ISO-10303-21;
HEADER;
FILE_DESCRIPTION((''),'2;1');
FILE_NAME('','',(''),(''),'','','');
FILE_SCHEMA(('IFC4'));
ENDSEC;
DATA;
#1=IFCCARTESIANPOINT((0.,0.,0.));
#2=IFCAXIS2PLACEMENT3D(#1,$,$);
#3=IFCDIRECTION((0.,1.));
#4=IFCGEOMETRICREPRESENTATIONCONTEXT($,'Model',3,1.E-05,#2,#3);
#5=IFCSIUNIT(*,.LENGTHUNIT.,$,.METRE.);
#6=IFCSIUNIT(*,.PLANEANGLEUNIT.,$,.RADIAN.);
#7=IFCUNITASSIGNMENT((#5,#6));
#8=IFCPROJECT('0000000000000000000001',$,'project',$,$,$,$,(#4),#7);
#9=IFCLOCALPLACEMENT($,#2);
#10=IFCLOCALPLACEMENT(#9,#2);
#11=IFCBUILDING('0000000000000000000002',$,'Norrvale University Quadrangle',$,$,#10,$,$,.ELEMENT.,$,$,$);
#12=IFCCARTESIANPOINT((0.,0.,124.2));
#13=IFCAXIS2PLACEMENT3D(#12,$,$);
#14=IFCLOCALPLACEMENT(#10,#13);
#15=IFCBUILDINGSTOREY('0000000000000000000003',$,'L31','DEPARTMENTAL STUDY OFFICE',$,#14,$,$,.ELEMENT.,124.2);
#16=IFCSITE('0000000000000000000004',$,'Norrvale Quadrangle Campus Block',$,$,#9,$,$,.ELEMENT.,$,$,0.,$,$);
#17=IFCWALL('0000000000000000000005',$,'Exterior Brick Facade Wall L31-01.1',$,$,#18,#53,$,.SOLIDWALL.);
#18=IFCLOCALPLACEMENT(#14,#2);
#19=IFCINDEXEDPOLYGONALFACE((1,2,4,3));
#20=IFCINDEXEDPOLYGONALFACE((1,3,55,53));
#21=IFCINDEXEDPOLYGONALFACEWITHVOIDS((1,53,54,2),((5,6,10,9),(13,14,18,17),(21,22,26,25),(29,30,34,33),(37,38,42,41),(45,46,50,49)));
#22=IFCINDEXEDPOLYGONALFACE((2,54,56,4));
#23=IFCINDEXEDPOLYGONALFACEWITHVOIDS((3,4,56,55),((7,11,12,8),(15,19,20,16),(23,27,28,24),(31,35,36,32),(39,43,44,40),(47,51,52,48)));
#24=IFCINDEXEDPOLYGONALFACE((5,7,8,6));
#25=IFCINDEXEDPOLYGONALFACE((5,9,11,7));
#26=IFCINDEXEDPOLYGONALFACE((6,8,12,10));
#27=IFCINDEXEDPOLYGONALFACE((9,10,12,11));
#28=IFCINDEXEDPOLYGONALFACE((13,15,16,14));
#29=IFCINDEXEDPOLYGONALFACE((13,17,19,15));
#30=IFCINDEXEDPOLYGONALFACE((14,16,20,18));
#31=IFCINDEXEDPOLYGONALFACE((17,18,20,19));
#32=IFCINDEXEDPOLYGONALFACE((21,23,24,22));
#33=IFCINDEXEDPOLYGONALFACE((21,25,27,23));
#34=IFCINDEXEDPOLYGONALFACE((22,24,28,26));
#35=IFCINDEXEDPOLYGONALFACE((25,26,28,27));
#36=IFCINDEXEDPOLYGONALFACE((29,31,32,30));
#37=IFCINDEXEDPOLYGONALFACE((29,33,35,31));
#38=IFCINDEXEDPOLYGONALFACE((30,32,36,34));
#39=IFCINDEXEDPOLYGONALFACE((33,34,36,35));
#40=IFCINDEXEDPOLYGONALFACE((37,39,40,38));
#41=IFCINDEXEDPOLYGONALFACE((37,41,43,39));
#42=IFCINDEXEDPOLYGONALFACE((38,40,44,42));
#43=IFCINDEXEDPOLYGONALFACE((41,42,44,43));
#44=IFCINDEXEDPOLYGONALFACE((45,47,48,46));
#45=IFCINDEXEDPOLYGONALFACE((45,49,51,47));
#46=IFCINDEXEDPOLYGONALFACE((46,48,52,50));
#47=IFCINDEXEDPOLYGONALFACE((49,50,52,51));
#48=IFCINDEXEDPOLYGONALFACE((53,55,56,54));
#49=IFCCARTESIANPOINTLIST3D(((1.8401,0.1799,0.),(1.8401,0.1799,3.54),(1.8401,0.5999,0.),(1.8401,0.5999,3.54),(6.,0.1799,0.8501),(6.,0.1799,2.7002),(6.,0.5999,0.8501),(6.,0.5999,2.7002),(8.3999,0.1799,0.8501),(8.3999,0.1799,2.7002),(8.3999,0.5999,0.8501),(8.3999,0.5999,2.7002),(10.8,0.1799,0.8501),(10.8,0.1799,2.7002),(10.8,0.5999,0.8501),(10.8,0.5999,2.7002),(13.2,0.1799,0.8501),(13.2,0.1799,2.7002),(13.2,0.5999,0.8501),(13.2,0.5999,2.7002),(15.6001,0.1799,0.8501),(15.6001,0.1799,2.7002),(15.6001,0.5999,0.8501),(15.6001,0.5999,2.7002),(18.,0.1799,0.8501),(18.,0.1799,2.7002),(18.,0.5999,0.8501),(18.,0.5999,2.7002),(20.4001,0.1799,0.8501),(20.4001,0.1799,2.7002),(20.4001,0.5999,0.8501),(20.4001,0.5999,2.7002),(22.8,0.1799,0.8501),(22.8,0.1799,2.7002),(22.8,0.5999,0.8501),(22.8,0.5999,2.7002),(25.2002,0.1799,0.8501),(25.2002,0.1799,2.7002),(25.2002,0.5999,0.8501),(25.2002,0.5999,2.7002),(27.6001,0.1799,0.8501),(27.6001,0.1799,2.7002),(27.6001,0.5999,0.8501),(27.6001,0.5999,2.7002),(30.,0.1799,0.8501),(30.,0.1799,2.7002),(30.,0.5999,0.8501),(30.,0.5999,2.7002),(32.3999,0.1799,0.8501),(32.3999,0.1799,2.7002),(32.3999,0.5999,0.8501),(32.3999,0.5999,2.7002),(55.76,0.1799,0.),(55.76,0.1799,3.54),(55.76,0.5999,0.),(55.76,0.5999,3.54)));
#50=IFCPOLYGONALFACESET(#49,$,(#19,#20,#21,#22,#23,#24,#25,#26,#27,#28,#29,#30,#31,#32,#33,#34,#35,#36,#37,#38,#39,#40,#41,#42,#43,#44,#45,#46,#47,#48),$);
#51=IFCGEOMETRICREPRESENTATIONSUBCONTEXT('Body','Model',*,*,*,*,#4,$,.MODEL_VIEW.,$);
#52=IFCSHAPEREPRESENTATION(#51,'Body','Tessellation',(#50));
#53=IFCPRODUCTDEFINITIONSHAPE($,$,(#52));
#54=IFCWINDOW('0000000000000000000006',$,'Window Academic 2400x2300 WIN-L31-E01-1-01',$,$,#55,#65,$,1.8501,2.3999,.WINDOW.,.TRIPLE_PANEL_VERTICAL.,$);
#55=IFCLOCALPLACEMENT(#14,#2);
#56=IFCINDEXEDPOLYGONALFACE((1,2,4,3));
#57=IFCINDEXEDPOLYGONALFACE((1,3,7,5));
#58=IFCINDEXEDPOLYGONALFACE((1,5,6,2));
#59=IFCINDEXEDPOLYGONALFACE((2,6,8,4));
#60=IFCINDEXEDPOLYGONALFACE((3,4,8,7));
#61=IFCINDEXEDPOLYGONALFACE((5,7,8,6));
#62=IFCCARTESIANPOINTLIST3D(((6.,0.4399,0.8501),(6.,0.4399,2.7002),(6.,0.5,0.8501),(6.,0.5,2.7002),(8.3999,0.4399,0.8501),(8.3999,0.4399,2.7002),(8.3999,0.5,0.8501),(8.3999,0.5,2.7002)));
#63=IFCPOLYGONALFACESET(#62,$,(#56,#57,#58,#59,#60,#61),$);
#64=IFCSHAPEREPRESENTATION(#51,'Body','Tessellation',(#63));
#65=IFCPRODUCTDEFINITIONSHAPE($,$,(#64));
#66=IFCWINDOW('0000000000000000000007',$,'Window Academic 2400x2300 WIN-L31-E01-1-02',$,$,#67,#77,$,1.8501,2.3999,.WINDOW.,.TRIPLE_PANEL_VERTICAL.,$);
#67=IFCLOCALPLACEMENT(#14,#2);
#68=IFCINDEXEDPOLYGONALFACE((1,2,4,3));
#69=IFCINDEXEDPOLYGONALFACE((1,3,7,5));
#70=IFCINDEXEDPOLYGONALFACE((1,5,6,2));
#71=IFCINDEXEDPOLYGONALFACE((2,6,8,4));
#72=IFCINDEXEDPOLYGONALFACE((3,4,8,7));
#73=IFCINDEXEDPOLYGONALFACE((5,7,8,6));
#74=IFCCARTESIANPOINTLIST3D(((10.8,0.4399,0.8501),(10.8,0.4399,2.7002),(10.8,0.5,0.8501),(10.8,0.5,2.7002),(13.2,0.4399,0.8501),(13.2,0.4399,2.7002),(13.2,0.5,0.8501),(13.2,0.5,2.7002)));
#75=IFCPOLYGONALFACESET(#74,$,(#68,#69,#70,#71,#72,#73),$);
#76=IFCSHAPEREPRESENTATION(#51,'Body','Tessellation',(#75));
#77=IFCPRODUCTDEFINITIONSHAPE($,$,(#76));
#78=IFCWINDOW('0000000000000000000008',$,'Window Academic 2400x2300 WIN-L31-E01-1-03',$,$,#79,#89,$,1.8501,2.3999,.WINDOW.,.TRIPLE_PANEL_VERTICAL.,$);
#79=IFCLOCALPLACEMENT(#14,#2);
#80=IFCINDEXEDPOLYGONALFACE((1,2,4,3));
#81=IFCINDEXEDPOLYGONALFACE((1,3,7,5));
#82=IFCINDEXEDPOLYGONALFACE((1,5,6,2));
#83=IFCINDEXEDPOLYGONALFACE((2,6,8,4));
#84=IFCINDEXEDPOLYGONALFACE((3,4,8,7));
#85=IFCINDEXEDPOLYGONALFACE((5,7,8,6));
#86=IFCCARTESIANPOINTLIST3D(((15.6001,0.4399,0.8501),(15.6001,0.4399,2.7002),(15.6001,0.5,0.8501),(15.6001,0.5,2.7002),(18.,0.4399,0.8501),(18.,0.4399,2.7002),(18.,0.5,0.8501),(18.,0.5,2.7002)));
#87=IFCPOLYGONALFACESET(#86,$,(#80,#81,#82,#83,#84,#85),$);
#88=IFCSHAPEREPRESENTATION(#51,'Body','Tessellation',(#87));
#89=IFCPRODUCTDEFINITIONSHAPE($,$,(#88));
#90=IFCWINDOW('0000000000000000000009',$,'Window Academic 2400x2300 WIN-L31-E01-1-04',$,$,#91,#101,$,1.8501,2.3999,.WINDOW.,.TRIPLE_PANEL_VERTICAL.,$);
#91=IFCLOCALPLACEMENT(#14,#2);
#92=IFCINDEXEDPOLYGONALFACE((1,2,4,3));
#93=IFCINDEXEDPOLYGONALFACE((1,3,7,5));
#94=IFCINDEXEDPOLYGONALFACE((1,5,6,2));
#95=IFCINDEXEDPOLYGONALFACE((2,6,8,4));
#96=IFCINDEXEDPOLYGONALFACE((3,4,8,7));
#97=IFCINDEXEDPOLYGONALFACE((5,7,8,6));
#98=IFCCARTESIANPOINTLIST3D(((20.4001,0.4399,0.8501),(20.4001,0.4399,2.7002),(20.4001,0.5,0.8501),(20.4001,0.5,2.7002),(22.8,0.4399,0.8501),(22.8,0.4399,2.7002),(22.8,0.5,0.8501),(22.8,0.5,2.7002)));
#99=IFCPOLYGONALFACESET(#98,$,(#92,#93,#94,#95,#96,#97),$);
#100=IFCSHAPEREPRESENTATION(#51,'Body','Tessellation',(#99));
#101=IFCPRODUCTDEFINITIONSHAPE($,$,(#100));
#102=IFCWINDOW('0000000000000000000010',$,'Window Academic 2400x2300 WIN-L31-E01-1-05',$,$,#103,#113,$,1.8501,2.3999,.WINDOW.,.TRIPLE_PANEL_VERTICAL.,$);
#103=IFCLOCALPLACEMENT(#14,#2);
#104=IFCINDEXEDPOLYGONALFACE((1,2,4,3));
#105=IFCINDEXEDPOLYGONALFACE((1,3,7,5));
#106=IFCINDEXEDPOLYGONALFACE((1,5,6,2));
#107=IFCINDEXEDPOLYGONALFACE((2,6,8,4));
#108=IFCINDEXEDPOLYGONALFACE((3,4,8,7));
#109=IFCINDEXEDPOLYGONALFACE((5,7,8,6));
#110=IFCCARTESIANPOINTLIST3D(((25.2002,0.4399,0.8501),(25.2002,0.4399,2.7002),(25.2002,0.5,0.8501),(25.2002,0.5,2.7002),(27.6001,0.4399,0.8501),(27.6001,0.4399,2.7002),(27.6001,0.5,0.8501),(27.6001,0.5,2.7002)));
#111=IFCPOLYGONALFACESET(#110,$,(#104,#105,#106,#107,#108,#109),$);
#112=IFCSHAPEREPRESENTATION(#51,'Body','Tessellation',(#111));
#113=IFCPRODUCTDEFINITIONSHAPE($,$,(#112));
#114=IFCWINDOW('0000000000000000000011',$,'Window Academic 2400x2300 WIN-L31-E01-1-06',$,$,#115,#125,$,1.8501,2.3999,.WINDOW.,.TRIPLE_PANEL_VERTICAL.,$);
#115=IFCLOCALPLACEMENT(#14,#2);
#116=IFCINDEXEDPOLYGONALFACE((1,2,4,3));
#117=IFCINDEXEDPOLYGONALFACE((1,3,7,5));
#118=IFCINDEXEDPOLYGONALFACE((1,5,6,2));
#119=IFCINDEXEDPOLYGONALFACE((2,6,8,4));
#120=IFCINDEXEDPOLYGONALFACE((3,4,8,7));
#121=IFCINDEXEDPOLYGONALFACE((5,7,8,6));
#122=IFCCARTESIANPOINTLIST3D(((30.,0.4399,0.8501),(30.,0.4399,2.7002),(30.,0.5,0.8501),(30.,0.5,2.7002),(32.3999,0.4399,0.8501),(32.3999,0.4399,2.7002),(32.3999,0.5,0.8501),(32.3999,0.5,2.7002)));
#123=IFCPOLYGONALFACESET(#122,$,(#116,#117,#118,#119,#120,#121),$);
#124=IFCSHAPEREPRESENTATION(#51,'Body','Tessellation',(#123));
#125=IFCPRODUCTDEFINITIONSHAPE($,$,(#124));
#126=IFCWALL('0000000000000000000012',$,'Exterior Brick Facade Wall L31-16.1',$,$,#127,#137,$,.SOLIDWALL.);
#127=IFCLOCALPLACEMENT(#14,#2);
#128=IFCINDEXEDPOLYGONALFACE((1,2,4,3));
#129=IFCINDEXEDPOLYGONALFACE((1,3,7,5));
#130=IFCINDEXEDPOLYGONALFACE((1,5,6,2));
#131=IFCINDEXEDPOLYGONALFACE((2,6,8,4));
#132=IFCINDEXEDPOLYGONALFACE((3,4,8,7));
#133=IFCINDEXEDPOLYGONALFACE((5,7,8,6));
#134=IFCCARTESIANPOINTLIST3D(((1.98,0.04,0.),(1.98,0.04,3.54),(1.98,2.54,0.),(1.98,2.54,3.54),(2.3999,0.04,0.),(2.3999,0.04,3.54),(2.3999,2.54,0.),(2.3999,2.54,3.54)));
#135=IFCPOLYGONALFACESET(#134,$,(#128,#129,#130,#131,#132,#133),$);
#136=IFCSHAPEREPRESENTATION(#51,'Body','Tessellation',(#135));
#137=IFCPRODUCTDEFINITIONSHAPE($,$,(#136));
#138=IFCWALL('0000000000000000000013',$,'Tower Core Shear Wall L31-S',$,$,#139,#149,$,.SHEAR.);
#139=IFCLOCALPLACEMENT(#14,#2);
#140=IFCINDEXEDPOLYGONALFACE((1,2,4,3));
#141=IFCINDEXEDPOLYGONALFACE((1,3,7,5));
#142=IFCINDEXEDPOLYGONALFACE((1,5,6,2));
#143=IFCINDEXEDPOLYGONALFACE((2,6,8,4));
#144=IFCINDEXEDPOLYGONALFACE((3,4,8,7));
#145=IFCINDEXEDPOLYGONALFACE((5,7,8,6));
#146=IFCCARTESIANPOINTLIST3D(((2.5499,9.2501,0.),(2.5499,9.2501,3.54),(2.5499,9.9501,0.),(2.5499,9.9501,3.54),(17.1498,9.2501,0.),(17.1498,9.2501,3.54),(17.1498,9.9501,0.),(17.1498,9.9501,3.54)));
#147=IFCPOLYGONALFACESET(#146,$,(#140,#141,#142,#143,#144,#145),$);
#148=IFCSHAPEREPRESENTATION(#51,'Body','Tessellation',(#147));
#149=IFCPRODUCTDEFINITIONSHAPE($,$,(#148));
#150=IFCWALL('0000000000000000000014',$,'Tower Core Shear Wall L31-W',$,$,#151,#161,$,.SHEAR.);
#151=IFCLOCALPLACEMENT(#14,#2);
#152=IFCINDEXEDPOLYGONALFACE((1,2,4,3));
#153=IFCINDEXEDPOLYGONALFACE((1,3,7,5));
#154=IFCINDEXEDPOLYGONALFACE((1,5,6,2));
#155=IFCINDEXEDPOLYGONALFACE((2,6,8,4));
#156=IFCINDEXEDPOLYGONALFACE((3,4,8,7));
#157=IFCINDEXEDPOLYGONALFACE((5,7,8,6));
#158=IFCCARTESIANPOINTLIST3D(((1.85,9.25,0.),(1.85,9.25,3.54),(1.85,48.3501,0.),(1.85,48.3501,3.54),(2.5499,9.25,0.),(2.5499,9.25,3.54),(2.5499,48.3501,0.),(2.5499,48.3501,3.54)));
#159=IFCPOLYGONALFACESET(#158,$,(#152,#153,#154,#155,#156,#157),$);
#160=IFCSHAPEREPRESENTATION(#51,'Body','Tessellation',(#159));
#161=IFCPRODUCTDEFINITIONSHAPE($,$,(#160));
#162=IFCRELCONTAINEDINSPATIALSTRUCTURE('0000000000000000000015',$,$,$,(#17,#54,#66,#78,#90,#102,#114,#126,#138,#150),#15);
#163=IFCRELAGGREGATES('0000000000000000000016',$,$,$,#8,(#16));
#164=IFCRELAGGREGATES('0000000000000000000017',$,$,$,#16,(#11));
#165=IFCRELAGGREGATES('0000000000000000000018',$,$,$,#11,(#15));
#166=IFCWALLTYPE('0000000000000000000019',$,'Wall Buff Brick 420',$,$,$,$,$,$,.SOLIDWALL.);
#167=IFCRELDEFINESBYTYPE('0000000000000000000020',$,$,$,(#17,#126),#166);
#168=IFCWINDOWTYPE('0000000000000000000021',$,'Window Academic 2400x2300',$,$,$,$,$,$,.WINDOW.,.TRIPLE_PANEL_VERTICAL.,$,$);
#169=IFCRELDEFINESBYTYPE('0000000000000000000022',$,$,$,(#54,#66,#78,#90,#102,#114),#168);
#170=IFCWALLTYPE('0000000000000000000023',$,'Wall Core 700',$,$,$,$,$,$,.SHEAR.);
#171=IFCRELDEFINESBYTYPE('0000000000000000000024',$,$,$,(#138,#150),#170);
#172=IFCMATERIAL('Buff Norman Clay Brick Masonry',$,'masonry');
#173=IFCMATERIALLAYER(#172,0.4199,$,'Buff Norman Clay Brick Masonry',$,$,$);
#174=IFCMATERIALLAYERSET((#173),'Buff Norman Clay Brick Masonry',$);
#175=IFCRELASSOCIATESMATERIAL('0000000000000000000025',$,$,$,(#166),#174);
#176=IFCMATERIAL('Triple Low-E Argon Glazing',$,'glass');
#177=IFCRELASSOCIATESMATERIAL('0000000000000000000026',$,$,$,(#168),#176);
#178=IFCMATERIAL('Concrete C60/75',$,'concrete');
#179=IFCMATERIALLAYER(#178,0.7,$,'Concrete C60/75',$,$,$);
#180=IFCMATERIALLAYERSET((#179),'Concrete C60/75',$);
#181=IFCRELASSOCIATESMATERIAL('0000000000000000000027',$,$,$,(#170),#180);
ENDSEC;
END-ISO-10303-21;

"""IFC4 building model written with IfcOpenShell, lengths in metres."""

from ifc_helpers import new_model, si_unit, direction, frame, frame_2d, origin, place, context, subcontext, project, spatial, rectangle, extrude, material, layer, layer_set, type_object, element, fill, save


model = new_model("IFC4")

# Units and contexts
model_context = context("Model", 3, precision=1e-05, world=origin(), true_north=direction((0.0, 1.0)))
body_context = subcontext(model_context, "Body", "Model", "MODEL_VIEW")
ifc_project = project(units=[si_unit("LENGTHUNIT", "METRE"), si_unit("PLANEANGLEUNIT", "RADIAN")], contexts=[model_context])

# Site, building, storey
site_placement = place(None, origin())
site = spatial("IfcSite", under=ifc_project, at=site_placement, Name="Norrvale Quadrangle Campus Block", CompositionType="ELEMENT", RefElevation=0.0)
building_placement = place(site_placement, origin())
building = spatial("IfcBuilding", under=site, at=building_placement, Name="Norrvale University Quadrangle", CompositionType="ELEMENT")
storey_placement = place(building_placement, frame((0.0, 0.0, 124.2)))
storey = spatial("IfcBuildingStorey", under=building, at=storey_placement, Name="L31", Description="DEPARTMENTAL STUDY OFFICE", CompositionType="ELEMENT", Elevation=124.2)

# Shared definitions
ifc_material_1 = material(Name="Concrete C60/75", Category="concrete")

# Wall, openings, windows
ifc_material_2 = material(Name="Buff Norman Clay Brick Masonry", Category="masonry")
ifc_layer_1 = layer(ifc_material_2, 0.4199, Name="Buff Norman Clay Brick Masonry")
ifc_layer_set_1 = layer_set([ifc_layer_1], Name="Buff Norman Clay Brick Masonry")
wall_type_1 = type_object("IfcWallType", Name="Wall Buff Brick 420", PredefinedType="SOLIDWALL", material=ifc_layer_set_1)
wall_1_placement = place(storey_placement, frame((1.8401, 0.3899, 0.0), z_axis=(0.0, 0.0, 1.0), x_axis=(1.0, 0.0, 0.0)))
wall_1 = element("IfcWall", 1, at=wall_1_placement, inside=storey, type_object=wall_type_1, Name="Exterior Brick Facade Wall L31-01.1", PredefinedType="SOLIDWALL", context=body_context, shape_type="SweptSolid", body=[
    extrude(rectangle(XDim=53.9199, YDim=0.4199, at=frame_2d((26.96, 0.0))), origin(), (0.0, 0.0, 1.0), 3.54),
])
opening_1_placement = place(wall_1_placement, frame((4.1599, 0.0, 0.8501)))
opening_1 = element("IfcOpeningElement", 2, at=opening_1_placement, cuts=wall_1, PredefinedType="OPENING", context=body_context, shape_type="SweptSolid", body=[
    extrude(rectangle(XDim=2.3999, YDim=1.8501, at=frame_2d((1.2, 0.925))), frame((0.0, 0.2219, 0.0), z_axis=(0.0, -1.0, 0.0), x_axis=(1.0, 0.0, 0.0)), (0.0, 0.0, 1.0), 0.4438),
])
opening_2_placement = place(wall_1_placement, frame((8.96, 0.0, 0.8501)))
opening_2 = element("IfcOpeningElement", 3, at=opening_2_placement, cuts=wall_1, PredefinedType="OPENING", context=body_context, shape_type="SweptSolid", body=[
    extrude(rectangle(XDim=2.3999, YDim=1.8501, at=frame_2d((1.2, 0.925))), frame((0.0, 0.2219, 0.0), z_axis=(0.0, -1.0, 0.0), x_axis=(1.0, 0.0, 0.0)), (0.0, 0.0, 1.0), 0.4438),
])
opening_3_placement = place(wall_1_placement, frame((13.76, 0.0, 0.8501)))
opening_3 = element("IfcOpeningElement", 4, at=opening_3_placement, cuts=wall_1, PredefinedType="OPENING", context=body_context, shape_type="SweptSolid", body=[
    extrude(rectangle(XDim=2.3999, YDim=1.8501, at=frame_2d((1.2, 0.925))), frame((0.0, 0.2219, 0.0), z_axis=(0.0, -1.0, 0.0), x_axis=(1.0, 0.0, 0.0)), (0.0, 0.0, 1.0), 0.4438),
])
opening_4_placement = place(wall_1_placement, frame((18.5601, 0.0, 0.8501)))
opening_4 = element("IfcOpeningElement", 5, at=opening_4_placement, cuts=wall_1, PredefinedType="OPENING", context=body_context, shape_type="SweptSolid", body=[
    extrude(rectangle(XDim=2.3999, YDim=1.8501, at=frame_2d((1.2, 0.925))), frame((0.0, 0.2219, 0.0), z_axis=(0.0, -1.0, 0.0), x_axis=(1.0, 0.0, 0.0)), (0.0, 0.0, 1.0), 0.4438),
])
opening_5_placement = place(wall_1_placement, frame((23.3601, 0.0, 0.8501)))
opening_5 = element("IfcOpeningElement", 6, at=opening_5_placement, cuts=wall_1, PredefinedType="OPENING", context=body_context, shape_type="SweptSolid", body=[
    extrude(rectangle(XDim=2.3999, YDim=1.8501, at=frame_2d((1.2, 0.925))), frame((0.0, 0.2219, 0.0), z_axis=(0.0, -1.0, 0.0), x_axis=(1.0, 0.0, 0.0)), (0.0, 0.0, 1.0), 0.4438),
])
opening_6_placement = place(wall_1_placement, frame((28.1599, 0.0, 0.8501)))
opening_6 = element("IfcOpeningElement", 7, at=opening_6_placement, cuts=wall_1, PredefinedType="OPENING", context=body_context, shape_type="SweptSolid", body=[
    extrude(rectangle(XDim=2.3999, YDim=1.8501, at=frame_2d((1.2, 0.925))), frame((0.0, 0.2219, 0.0), z_axis=(0.0, -1.0, 0.0), x_axis=(1.0, 0.0, 0.0)), (0.0, 0.0, 1.0), 0.4438),
])
ifc_material_3 = material(Name="Triple Low-E Argon Glazing", Category="glass")
window_type = type_object("IfcWindowType", Name="Window Academic 2400x2300", PartitioningType="TRIPLE_PANEL_VERTICAL", PredefinedType="WINDOW", material=ifc_material_3)
window_1_placement = place(opening_1_placement, origin())
window_1 = element("IfcWindow", 8, at=window_1_placement, inside=storey, type_object=window_type, Name="Window Academic 2400x2300 WIN-L31-E01-1-01", OverallHeight=1.8501, OverallWidth=2.3999, PartitioningType="TRIPLE_PANEL_VERTICAL", PredefinedType="WINDOW", context=body_context, shape_type="SweptSolid", body=[
    extrude(rectangle(XDim=2.3999, YDim=1.8501, at=frame_2d((1.2, 0.925))), frame((0.0, 0.1101, 0.0), z_axis=(0.0, -1.0, 0.0), x_axis=(1.0, 0.0, 0.0)), (0.0, 0.0, 1.0), 0.0601),
])
fill(opening_1, window_1)
window_2_placement = place(opening_2_placement, origin())
window_2 = element("IfcWindow", 9, at=window_2_placement, inside=storey, type_object=window_type, Name="Window Academic 2400x2300 WIN-L31-E01-1-02", OverallHeight=1.8501, OverallWidth=2.3999, PartitioningType="TRIPLE_PANEL_VERTICAL", PredefinedType="WINDOW", context=body_context, shape_type="SweptSolid", body=[
    extrude(rectangle(XDim=2.3999, YDim=1.8501, at=frame_2d((1.2, 0.925))), frame((0.0, 0.1101, 0.0), z_axis=(0.0, -1.0, 0.0), x_axis=(1.0, 0.0, 0.0)), (0.0, 0.0, 1.0), 0.0601),
])
fill(opening_2, window_2)
window_3_placement = place(opening_3_placement, origin())
window_3 = element("IfcWindow", 10, at=window_3_placement, inside=storey, type_object=window_type, Name="Window Academic 2400x2300 WIN-L31-E01-1-03", OverallHeight=1.8501, OverallWidth=2.3999, PartitioningType="TRIPLE_PANEL_VERTICAL", PredefinedType="WINDOW", context=body_context, shape_type="SweptSolid", body=[
    extrude(rectangle(XDim=2.3999, YDim=1.8501, at=frame_2d((1.2, 0.925))), frame((0.0, 0.1101, 0.0), z_axis=(0.0, -1.0, 0.0), x_axis=(1.0, 0.0, 0.0)), (0.0, 0.0, 1.0), 0.0601),
])
fill(opening_3, window_3)
window_4_placement = place(opening_4_placement, origin())
window_4 = element("IfcWindow", 11, at=window_4_placement, inside=storey, type_object=window_type, Name="Window Academic 2400x2300 WIN-L31-E01-1-04", OverallHeight=1.8501, OverallWidth=2.3999, PartitioningType="TRIPLE_PANEL_VERTICAL", PredefinedType="WINDOW", context=body_context, shape_type="SweptSolid", body=[
    extrude(rectangle(XDim=2.3999, YDim=1.8501, at=frame_2d((1.2, 0.925))), frame((0.0, 0.1101, 0.0), z_axis=(0.0, -1.0, 0.0), x_axis=(1.0, 0.0, 0.0)), (0.0, 0.0, 1.0), 0.0601),
])
fill(opening_4, window_4)
window_5_placement = place(opening_5_placement, origin())
window_5 = element("IfcWindow", 12, at=window_5_placement, inside=storey, type_object=window_type, Name="Window Academic 2400x2300 WIN-L31-E01-1-05", OverallHeight=1.8501, OverallWidth=2.3999, PartitioningType="TRIPLE_PANEL_VERTICAL", PredefinedType="WINDOW", context=body_context, shape_type="SweptSolid", body=[
    extrude(rectangle(XDim=2.3999, YDim=1.8501, at=frame_2d((1.2, 0.925))), frame((0.0, 0.1101, 0.0), z_axis=(0.0, -1.0, 0.0), x_axis=(1.0, 0.0, 0.0)), (0.0, 0.0, 1.0), 0.0601),
])
fill(opening_5, window_5)
window_6_placement = place(opening_6_placement, origin())
window_6 = element("IfcWindow", 13, at=window_6_placement, inside=storey, type_object=window_type, Name="Window Academic 2400x2300 WIN-L31-E01-1-06", OverallHeight=1.8501, OverallWidth=2.3999, PartitioningType="TRIPLE_PANEL_VERTICAL", PredefinedType="WINDOW", context=body_context, shape_type="SweptSolid", body=[
    extrude(rectangle(XDim=2.3999, YDim=1.8501, at=frame_2d((1.2, 0.925))), frame((0.0, 0.1101, 0.0), z_axis=(0.0, -1.0, 0.0), x_axis=(1.0, 0.0, 0.0)), (0.0, 0.0, 1.0), 0.0601),
])
fill(opening_6, window_6)

# Walls
wall_2_placement = place(storey_placement, frame((2.1899, 2.54, 0.0), z_axis=(0.0, 0.0, 1.0), x_axis=(0.0, -1.0, 0.0)))
element("IfcWall", 14, at=wall_2_placement, inside=storey, type_object=wall_type_1, Name="Exterior Brick Facade Wall L31-16.1", PredefinedType="SOLIDWALL", context=body_context, shape_type="SweptSolid", body=[
    extrude(rectangle(XDim=2.5, YDim=0.4199, at=frame_2d((1.25, 0.0))), origin(), (0.0, 0.0, 1.0), 3.54),
])
ifc_layer_2 = layer(ifc_material_1, 0.7, Name="Concrete C60/75")
ifc_layer_set_2 = layer_set([ifc_layer_2], Name="Concrete C60/75")
wall_type_2 = type_object("IfcWallType", Name="Wall Core 700", PredefinedType="SHEAR", material=ifc_layer_set_2)
wall_3_placement = place(storey_placement, frame((2.55, 9.6001, 0.0), z_axis=(0.0, 0.0, 1.0), x_axis=(1.0, 0.0, 0.0)))
element("IfcWall", 15, at=wall_3_placement, inside=storey, type_object=wall_type_2, Name="Tower Core Shear Wall L31-S", PredefinedType="SHEAR", context=body_context, shape_type="SweptSolid", body=[
    extrude(rectangle(XDim=14.5999, YDim=0.7, at=frame_2d((7.2998, 0.0))), origin(), (0.0, 0.0, 1.0), 3.54),
])
wall_4_placement = place(storey_placement, frame((2.2, 9.25, 0.0), z_axis=(0.0, 0.0, 1.0), x_axis=(0.0, 1.0, 0.0)))
element("IfcWall", 16, at=wall_4_placement, inside=storey, type_object=wall_type_2, Name="Tower Core Shear Wall L31-W", PredefinedType="SHEAR", context=body_context, shape_type="SweptSolid", body=[
    extrude(rectangle(XDim=39.1001, YDim=0.7, at=frame_2d((19.55, 0.0))), origin(), (0.0, 0.0, 1.0), 3.54),
])

save(model, "model.ifc")
